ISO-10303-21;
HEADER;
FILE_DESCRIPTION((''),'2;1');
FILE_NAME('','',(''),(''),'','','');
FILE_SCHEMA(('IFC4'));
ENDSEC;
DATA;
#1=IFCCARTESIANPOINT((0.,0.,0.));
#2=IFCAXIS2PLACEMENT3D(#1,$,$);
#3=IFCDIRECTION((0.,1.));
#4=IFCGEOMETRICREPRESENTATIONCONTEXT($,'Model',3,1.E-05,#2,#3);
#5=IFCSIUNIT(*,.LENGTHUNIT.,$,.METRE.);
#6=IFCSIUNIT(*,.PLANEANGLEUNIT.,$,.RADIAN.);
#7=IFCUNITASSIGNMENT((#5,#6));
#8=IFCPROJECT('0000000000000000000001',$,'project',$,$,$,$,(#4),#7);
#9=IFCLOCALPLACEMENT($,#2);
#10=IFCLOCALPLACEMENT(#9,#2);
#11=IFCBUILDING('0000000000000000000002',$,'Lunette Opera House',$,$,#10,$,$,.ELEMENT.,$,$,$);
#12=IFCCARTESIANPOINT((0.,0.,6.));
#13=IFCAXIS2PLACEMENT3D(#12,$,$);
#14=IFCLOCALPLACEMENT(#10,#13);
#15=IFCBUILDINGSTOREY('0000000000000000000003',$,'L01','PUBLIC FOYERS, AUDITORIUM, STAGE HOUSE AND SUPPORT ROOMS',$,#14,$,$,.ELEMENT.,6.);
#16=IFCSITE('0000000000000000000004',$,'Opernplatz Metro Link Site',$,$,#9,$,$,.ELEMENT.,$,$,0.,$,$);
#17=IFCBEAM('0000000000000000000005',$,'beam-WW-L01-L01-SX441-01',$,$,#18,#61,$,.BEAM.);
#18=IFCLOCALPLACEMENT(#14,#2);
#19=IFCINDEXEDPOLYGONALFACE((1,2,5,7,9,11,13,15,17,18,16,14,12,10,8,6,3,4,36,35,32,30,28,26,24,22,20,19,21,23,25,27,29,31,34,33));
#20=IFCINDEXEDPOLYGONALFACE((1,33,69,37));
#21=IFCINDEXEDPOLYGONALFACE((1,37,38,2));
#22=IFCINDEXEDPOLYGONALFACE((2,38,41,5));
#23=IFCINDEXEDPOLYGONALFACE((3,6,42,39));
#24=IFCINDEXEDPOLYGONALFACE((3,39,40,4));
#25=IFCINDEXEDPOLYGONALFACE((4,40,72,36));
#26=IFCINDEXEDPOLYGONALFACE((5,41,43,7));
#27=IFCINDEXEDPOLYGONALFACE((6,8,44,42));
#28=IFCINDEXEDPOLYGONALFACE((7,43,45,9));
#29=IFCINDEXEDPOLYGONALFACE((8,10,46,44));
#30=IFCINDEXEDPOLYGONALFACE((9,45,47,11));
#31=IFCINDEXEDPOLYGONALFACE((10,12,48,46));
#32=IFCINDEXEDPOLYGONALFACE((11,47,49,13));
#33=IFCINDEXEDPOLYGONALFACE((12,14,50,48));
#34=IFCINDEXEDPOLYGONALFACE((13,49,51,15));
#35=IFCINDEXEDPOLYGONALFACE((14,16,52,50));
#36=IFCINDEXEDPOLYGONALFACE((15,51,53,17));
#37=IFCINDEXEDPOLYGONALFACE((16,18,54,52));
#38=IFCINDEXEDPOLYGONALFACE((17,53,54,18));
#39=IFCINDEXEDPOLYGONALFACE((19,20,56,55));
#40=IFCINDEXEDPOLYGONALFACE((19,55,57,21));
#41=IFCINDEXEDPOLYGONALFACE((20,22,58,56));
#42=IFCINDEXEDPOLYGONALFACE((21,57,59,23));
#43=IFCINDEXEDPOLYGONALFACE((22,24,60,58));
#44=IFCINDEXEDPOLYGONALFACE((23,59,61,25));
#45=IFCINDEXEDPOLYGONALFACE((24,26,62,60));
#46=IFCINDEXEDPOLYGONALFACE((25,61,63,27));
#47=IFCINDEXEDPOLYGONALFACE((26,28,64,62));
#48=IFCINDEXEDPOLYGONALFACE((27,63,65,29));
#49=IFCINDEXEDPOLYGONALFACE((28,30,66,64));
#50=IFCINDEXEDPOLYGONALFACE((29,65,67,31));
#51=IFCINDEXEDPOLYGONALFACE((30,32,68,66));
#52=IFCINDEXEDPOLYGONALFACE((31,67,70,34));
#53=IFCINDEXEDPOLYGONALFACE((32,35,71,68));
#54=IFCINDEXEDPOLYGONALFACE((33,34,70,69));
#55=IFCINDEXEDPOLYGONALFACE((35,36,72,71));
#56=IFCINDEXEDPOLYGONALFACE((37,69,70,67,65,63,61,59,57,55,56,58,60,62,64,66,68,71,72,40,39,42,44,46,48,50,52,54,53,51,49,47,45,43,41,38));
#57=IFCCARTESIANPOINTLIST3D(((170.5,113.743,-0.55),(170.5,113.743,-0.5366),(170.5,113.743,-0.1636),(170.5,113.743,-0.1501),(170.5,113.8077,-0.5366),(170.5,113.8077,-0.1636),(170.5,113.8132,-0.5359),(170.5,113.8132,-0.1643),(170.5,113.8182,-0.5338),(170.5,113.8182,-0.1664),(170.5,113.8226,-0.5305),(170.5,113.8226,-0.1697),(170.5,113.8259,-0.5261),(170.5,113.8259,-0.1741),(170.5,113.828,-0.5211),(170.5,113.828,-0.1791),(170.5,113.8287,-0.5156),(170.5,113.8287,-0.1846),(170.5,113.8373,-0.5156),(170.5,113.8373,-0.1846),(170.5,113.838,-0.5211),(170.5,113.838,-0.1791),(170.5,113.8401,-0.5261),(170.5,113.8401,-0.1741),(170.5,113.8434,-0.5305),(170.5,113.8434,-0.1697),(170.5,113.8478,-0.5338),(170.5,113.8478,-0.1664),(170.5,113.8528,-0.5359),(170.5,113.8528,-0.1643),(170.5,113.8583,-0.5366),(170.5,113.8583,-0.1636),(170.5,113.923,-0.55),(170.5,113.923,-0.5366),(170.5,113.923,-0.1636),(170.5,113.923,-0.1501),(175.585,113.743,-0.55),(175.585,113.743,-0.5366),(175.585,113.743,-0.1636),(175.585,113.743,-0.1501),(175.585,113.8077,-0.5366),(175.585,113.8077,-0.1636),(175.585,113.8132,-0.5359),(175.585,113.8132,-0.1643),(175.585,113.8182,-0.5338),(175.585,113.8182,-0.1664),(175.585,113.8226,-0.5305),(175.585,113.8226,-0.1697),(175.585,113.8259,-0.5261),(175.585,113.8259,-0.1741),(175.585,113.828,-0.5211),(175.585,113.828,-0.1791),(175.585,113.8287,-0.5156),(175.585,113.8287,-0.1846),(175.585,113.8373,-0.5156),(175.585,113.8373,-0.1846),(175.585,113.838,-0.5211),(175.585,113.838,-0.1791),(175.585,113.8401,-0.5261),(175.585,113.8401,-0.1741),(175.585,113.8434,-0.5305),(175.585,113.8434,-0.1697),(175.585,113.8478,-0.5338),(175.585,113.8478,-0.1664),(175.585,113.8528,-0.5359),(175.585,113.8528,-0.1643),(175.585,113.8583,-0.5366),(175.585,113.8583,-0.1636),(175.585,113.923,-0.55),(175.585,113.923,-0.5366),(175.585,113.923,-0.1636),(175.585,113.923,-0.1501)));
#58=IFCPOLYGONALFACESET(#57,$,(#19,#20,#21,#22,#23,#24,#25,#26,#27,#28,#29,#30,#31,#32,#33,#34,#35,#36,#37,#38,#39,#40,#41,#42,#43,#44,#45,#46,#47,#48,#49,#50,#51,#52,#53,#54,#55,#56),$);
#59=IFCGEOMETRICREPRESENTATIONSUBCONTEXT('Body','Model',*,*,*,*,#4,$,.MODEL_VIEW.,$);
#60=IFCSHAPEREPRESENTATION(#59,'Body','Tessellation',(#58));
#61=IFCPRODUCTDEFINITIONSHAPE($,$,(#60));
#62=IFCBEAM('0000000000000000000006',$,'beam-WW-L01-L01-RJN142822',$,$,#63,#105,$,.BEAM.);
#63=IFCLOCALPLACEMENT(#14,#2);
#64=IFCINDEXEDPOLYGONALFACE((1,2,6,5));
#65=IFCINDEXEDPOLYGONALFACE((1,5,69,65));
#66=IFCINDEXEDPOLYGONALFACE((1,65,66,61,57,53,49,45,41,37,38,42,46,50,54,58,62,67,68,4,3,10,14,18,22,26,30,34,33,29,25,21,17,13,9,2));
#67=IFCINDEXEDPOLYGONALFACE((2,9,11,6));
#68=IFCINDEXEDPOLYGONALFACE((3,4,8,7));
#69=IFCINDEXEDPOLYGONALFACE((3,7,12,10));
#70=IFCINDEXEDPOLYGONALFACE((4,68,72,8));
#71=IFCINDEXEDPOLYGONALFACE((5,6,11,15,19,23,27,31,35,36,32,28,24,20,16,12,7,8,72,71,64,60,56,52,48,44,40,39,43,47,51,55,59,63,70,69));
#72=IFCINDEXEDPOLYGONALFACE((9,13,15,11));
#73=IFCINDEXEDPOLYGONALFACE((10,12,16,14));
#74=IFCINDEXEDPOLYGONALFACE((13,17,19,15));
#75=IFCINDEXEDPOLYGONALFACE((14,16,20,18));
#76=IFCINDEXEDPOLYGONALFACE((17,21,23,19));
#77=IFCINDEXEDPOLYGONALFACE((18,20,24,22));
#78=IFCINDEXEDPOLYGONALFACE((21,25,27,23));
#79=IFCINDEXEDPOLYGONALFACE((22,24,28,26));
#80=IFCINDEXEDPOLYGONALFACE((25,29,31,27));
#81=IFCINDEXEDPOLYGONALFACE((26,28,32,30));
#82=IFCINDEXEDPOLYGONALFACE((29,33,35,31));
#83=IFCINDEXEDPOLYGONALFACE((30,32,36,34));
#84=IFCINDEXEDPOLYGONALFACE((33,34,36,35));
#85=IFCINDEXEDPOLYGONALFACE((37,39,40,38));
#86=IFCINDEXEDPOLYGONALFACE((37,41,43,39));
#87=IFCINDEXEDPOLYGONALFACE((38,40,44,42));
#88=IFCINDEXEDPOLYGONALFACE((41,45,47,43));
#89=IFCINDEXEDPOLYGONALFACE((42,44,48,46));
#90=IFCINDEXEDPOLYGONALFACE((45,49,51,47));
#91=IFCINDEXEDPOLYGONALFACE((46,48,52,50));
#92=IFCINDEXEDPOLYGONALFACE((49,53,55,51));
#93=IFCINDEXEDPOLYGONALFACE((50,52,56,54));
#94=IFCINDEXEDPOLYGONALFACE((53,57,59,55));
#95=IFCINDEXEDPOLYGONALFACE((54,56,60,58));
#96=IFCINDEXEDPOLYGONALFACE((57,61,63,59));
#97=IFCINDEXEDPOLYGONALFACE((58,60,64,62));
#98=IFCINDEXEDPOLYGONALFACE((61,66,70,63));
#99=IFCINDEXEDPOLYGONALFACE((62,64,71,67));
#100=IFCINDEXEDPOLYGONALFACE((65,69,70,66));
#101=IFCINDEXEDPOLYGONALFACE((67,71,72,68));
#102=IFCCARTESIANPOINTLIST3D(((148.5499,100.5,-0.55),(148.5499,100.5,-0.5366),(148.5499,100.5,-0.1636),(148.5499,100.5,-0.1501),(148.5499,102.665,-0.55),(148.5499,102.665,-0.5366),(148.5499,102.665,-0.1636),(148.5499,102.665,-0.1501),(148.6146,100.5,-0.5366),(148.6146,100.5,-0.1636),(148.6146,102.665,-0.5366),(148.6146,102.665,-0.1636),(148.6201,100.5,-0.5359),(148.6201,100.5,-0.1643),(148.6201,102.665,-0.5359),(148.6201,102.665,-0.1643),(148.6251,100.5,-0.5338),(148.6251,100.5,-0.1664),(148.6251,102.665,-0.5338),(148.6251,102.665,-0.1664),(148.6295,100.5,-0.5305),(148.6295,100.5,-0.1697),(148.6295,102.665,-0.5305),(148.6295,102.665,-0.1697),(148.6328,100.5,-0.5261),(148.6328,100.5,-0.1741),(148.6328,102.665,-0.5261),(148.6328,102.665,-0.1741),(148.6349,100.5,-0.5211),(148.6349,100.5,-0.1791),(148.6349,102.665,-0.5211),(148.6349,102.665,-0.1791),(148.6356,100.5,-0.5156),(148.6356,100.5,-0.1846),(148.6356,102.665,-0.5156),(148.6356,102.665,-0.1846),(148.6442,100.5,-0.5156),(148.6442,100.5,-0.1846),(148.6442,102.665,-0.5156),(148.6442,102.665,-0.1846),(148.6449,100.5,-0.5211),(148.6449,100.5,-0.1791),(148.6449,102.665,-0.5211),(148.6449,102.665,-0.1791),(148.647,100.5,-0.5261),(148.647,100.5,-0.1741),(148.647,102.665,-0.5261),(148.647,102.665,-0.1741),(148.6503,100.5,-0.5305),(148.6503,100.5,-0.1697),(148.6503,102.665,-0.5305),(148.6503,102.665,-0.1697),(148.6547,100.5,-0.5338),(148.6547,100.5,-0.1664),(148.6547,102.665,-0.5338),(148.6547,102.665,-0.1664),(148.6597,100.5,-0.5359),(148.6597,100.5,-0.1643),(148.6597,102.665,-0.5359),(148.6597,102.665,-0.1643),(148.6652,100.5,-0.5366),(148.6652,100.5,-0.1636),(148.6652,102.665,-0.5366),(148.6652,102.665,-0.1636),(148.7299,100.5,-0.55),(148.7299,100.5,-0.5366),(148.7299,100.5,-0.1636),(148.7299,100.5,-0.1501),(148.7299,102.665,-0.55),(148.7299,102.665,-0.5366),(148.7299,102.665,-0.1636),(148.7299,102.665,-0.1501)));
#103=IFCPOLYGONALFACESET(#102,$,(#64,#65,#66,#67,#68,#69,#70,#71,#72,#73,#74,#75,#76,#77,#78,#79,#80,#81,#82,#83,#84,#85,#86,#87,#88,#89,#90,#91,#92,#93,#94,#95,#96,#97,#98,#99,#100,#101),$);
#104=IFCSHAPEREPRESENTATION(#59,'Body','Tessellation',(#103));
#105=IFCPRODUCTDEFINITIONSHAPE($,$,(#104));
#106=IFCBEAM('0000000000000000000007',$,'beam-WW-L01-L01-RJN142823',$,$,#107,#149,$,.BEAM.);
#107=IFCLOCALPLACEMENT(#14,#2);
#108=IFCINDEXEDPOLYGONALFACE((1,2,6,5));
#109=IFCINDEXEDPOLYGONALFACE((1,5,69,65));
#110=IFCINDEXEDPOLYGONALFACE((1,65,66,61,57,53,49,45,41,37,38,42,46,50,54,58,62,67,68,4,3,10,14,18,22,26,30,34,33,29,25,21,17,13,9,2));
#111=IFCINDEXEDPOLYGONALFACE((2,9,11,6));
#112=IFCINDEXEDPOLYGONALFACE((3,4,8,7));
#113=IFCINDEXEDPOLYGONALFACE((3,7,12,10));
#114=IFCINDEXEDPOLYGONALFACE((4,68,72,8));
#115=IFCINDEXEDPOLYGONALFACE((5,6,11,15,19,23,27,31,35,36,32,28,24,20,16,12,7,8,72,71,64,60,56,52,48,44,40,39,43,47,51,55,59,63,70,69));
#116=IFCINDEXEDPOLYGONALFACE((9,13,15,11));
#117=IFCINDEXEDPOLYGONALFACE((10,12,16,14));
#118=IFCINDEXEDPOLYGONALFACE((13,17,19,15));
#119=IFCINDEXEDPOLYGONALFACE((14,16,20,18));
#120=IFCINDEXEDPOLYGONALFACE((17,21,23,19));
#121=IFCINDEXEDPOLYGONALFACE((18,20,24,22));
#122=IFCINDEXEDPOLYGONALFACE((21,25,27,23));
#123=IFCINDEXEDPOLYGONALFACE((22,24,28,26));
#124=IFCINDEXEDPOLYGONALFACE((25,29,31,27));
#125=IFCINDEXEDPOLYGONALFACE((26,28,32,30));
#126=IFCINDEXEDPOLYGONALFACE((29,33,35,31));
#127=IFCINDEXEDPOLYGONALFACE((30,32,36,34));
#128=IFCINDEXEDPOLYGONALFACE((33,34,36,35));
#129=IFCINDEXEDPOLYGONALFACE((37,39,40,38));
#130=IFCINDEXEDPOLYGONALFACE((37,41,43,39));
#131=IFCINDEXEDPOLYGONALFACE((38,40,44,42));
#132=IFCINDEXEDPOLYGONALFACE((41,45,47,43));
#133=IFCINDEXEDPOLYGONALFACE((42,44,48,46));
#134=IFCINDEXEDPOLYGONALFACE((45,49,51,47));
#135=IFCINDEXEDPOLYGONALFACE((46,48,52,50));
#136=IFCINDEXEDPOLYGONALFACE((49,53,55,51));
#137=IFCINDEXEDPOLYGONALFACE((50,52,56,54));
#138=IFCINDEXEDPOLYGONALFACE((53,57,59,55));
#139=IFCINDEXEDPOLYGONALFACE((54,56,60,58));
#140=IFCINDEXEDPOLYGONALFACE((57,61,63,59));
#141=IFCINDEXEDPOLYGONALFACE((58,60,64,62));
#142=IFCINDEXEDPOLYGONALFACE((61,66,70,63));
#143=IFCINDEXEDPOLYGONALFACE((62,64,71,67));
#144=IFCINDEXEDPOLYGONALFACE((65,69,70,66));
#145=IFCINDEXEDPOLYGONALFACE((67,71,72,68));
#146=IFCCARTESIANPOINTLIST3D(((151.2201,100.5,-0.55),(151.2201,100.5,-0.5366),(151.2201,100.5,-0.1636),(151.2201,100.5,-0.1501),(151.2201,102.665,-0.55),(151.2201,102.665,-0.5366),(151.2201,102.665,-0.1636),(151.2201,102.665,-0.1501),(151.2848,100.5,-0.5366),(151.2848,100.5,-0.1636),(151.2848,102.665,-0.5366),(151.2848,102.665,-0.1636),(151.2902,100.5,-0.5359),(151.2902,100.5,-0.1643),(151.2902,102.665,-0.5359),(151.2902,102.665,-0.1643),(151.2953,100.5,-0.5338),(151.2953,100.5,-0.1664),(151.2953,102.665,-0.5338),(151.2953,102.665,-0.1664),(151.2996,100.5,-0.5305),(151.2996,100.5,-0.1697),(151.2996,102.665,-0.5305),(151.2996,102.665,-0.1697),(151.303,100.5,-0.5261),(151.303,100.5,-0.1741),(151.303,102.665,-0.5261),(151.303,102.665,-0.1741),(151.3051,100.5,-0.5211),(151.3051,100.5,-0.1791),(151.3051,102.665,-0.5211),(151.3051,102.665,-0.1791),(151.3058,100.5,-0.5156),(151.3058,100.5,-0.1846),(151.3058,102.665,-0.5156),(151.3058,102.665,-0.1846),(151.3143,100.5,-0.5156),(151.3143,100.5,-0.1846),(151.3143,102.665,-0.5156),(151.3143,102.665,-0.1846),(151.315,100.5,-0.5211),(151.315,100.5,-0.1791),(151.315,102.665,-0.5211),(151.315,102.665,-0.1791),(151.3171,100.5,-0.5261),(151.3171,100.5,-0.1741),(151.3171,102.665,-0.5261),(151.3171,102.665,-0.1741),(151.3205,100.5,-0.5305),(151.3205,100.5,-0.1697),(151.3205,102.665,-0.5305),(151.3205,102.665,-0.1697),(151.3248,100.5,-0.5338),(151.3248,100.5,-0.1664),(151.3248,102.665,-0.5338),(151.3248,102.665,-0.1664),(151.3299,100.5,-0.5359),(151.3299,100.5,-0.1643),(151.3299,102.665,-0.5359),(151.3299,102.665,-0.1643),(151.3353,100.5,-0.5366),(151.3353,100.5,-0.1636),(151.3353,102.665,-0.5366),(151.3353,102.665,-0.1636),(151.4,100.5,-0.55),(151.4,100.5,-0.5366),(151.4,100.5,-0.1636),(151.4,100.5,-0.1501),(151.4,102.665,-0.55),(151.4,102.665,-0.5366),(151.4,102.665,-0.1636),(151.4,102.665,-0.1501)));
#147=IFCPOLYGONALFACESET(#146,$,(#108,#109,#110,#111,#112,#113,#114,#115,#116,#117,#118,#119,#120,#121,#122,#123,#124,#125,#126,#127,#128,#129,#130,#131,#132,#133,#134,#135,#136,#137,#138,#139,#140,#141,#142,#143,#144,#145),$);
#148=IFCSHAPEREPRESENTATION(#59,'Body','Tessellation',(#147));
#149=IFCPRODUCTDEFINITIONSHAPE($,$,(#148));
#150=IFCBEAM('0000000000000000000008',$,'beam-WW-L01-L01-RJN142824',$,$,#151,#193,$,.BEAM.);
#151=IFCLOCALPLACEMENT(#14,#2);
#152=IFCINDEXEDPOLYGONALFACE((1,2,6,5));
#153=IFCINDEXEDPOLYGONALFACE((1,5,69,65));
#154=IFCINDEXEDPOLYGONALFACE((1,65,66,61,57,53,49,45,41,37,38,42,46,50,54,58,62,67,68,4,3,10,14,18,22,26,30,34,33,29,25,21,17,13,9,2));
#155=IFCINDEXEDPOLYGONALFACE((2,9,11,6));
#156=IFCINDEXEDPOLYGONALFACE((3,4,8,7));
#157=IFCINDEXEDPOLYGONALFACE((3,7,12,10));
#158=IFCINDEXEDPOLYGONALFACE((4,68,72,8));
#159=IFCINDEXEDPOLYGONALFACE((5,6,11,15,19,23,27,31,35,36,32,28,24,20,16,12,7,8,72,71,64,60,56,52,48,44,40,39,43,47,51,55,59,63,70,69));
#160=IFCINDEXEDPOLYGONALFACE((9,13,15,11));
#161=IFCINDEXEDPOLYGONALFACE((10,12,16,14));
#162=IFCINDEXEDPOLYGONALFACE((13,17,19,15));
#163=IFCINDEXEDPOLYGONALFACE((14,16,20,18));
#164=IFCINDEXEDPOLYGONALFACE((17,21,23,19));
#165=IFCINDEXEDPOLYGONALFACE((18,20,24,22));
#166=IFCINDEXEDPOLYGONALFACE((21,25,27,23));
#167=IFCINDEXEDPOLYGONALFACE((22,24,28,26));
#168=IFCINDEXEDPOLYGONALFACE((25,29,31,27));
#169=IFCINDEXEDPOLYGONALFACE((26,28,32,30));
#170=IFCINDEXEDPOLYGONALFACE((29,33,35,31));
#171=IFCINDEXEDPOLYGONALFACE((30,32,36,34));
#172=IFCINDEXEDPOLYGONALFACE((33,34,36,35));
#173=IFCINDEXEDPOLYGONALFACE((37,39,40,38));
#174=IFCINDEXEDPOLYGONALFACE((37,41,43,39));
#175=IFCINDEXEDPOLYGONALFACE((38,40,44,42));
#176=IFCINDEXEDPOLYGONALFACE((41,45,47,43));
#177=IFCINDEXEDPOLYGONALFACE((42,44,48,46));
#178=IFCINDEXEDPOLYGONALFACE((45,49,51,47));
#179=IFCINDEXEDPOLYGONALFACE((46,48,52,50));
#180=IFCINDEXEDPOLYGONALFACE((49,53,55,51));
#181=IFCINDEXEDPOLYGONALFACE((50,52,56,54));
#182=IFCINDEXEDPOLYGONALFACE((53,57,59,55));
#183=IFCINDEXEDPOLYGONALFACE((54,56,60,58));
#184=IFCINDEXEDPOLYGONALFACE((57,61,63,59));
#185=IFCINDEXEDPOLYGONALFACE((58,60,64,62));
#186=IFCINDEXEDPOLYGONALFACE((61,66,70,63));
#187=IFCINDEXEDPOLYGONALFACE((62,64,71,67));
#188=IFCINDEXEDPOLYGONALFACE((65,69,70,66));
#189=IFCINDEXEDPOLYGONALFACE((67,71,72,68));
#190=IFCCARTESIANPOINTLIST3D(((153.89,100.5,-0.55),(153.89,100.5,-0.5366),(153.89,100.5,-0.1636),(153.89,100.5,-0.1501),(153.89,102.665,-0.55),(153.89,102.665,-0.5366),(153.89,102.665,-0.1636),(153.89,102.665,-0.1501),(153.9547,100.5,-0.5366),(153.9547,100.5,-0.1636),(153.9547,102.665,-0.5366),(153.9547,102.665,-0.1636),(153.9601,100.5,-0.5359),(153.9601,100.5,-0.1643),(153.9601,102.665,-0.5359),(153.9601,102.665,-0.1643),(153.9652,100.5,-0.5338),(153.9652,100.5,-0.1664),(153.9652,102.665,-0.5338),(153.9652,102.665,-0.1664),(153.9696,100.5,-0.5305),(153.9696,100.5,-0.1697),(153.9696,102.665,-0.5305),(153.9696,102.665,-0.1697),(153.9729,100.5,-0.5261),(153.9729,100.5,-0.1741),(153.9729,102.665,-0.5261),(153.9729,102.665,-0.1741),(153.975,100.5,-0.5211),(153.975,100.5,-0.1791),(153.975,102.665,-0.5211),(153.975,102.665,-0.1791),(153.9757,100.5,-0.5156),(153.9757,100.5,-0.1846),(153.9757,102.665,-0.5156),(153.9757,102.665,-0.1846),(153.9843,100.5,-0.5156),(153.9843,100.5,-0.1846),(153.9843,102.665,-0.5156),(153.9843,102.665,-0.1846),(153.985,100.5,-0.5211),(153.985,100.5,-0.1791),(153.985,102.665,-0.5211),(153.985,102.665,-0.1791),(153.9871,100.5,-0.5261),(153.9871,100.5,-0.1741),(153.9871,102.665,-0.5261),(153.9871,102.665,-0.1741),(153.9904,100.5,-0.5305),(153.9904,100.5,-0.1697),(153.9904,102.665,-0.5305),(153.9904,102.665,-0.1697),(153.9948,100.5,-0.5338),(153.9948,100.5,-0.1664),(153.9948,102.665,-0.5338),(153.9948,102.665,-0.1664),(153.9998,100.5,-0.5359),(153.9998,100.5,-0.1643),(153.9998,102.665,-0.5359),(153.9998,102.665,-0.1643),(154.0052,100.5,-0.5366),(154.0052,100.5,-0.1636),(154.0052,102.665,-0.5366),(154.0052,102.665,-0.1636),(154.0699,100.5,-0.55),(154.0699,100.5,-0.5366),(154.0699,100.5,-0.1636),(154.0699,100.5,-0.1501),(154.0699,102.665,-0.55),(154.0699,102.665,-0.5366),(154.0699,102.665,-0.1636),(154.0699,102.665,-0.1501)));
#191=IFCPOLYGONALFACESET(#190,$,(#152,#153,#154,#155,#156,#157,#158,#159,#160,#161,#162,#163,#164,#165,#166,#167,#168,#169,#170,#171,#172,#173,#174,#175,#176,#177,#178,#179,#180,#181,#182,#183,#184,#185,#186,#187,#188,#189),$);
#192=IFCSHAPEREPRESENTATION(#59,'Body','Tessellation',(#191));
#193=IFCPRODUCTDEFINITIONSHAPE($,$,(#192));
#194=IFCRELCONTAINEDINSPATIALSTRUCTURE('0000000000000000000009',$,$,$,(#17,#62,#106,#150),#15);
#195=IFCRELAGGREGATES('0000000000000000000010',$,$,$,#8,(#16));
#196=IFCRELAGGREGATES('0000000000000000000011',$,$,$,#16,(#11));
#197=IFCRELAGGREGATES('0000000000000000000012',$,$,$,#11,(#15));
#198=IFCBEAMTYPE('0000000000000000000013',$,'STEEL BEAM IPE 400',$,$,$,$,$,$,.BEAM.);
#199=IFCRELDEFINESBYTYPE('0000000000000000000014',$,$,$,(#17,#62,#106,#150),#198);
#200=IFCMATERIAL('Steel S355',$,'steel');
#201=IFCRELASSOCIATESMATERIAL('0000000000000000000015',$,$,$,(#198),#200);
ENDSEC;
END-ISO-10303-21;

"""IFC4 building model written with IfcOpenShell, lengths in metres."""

from ifc_helpers import new_model, si_unit, direction, frame, origin, origin_2d, place, context, subcontext, project, spatial, i_section, extrude, material, material_profile, profile_set, type_object, element, save


model = new_model("IFC4")

# Units and contexts
model_context = context("Model", 3, precision=1e-05, world=origin(), true_north=direction((0.0, 1.0)))
body_context = subcontext(model_context, "Body", "Model", "MODEL_VIEW")
ifc_project = project(units=[si_unit("LENGTHUNIT", "METRE"), si_unit("PLANEANGLEUNIT", "RADIAN")], contexts=[model_context])

# Site, building, storey
site_placement = place(None, origin())
site = spatial("IfcSite", under=ifc_project, at=site_placement, Name="Opernplatz Metro Link Site", CompositionType="ELEMENT", RefElevation=0.0)
building_placement = place(site_placement, origin())
building = spatial("IfcBuilding", under=site, at=building_placement, Name="Lunette Opera House", CompositionType="ELEMENT")
storey_placement = place(building_placement, frame((0.0, 0.0, 6.0)))
storey = spatial("IfcBuildingStorey", under=building, at=storey_placement, Name="L01", Description="PUBLIC FOYERS, AUDITORIUM, STAGE HOUSE AND SUPPORT ROOMS", CompositionType="ELEMENT", Elevation=6.0)

# Beams
ifc_material_1 = material(Name="Steel S355", Category="steel")
ifc_material_profile_1 = material_profile(ifc_material_1, i_section(OverallWidth=0.1799, OverallDepth=0.3999, WebThickness=0.0085, FlangeThickness=0.0134, FilletRadius=0.021, at=origin_2d()), Name="IPE 400")
ifc_profile_set_1 = profile_set([ifc_material_profile_1], Name="Steel S355")
beam_type_1 = type_object("IfcBeamType", Name="STEEL BEAM IPE 400", PredefinedType="BEAM", material=ifc_profile_set_1)
for number, where, z_axis, x_axis, name in (
    (1, (170.5, 113.833, -0.3501), (1.0, 0.0, 0.0), (0.0, 1.0, 0.0), "beam-WW-L01-L01-SX441-01"),
):
    element("IfcBeam", number, at=place(storey_placement, frame(where, z_axis=z_axis, x_axis=x_axis)), inside=storey, type_object=beam_type_1, Name=name, PredefinedType="BEAM", context=body_context, shape_type="SweptSolid", body=[
        extrude(i_section(OverallWidth=0.1799, OverallDepth=0.3999, WebThickness=0.0085, FlangeThickness=0.0134, FilletRadius=0.021, at=origin_2d()), origin(), (0.0, 0.0, 1.0), 5.085),
    ])
for number, where, z_axis, x_axis, name in (
    (2, (148.6399, 100.5, -0.3501), (0.0, 1.0, 0.0), (-1.0, 0.0, 0.0), "beam-WW-L01-L01-RJN142822"),
    (3, (151.3101, 100.5, -0.3501), (0.0, 1.0, 0.0), (-1.0, 0.0, 0.0), "beam-WW-L01-L01-RJN142823"),
    (4, (153.98, 100.5, -0.3501), (0.0, 1.0, 0.0), (-1.0, 0.0, 0.0), "beam-WW-L01-L01-RJN142824"),
):
    element("IfcBeam", number, at=place(storey_placement, frame(where, z_axis=z_axis, x_axis=x_axis)), inside=storey, type_object=beam_type_1, Name=name, PredefinedType="BEAM", context=body_context, shape_type="SweptSolid", body=[
        extrude(i_section(OverallWidth=0.1799, OverallDepth=0.3999, WebThickness=0.0085, FlangeThickness=0.0134, FilletRadius=0.021, at=origin_2d()), origin(), (0.0, 0.0, 1.0), 2.165),
    ])

save(model, "model.ifc")
